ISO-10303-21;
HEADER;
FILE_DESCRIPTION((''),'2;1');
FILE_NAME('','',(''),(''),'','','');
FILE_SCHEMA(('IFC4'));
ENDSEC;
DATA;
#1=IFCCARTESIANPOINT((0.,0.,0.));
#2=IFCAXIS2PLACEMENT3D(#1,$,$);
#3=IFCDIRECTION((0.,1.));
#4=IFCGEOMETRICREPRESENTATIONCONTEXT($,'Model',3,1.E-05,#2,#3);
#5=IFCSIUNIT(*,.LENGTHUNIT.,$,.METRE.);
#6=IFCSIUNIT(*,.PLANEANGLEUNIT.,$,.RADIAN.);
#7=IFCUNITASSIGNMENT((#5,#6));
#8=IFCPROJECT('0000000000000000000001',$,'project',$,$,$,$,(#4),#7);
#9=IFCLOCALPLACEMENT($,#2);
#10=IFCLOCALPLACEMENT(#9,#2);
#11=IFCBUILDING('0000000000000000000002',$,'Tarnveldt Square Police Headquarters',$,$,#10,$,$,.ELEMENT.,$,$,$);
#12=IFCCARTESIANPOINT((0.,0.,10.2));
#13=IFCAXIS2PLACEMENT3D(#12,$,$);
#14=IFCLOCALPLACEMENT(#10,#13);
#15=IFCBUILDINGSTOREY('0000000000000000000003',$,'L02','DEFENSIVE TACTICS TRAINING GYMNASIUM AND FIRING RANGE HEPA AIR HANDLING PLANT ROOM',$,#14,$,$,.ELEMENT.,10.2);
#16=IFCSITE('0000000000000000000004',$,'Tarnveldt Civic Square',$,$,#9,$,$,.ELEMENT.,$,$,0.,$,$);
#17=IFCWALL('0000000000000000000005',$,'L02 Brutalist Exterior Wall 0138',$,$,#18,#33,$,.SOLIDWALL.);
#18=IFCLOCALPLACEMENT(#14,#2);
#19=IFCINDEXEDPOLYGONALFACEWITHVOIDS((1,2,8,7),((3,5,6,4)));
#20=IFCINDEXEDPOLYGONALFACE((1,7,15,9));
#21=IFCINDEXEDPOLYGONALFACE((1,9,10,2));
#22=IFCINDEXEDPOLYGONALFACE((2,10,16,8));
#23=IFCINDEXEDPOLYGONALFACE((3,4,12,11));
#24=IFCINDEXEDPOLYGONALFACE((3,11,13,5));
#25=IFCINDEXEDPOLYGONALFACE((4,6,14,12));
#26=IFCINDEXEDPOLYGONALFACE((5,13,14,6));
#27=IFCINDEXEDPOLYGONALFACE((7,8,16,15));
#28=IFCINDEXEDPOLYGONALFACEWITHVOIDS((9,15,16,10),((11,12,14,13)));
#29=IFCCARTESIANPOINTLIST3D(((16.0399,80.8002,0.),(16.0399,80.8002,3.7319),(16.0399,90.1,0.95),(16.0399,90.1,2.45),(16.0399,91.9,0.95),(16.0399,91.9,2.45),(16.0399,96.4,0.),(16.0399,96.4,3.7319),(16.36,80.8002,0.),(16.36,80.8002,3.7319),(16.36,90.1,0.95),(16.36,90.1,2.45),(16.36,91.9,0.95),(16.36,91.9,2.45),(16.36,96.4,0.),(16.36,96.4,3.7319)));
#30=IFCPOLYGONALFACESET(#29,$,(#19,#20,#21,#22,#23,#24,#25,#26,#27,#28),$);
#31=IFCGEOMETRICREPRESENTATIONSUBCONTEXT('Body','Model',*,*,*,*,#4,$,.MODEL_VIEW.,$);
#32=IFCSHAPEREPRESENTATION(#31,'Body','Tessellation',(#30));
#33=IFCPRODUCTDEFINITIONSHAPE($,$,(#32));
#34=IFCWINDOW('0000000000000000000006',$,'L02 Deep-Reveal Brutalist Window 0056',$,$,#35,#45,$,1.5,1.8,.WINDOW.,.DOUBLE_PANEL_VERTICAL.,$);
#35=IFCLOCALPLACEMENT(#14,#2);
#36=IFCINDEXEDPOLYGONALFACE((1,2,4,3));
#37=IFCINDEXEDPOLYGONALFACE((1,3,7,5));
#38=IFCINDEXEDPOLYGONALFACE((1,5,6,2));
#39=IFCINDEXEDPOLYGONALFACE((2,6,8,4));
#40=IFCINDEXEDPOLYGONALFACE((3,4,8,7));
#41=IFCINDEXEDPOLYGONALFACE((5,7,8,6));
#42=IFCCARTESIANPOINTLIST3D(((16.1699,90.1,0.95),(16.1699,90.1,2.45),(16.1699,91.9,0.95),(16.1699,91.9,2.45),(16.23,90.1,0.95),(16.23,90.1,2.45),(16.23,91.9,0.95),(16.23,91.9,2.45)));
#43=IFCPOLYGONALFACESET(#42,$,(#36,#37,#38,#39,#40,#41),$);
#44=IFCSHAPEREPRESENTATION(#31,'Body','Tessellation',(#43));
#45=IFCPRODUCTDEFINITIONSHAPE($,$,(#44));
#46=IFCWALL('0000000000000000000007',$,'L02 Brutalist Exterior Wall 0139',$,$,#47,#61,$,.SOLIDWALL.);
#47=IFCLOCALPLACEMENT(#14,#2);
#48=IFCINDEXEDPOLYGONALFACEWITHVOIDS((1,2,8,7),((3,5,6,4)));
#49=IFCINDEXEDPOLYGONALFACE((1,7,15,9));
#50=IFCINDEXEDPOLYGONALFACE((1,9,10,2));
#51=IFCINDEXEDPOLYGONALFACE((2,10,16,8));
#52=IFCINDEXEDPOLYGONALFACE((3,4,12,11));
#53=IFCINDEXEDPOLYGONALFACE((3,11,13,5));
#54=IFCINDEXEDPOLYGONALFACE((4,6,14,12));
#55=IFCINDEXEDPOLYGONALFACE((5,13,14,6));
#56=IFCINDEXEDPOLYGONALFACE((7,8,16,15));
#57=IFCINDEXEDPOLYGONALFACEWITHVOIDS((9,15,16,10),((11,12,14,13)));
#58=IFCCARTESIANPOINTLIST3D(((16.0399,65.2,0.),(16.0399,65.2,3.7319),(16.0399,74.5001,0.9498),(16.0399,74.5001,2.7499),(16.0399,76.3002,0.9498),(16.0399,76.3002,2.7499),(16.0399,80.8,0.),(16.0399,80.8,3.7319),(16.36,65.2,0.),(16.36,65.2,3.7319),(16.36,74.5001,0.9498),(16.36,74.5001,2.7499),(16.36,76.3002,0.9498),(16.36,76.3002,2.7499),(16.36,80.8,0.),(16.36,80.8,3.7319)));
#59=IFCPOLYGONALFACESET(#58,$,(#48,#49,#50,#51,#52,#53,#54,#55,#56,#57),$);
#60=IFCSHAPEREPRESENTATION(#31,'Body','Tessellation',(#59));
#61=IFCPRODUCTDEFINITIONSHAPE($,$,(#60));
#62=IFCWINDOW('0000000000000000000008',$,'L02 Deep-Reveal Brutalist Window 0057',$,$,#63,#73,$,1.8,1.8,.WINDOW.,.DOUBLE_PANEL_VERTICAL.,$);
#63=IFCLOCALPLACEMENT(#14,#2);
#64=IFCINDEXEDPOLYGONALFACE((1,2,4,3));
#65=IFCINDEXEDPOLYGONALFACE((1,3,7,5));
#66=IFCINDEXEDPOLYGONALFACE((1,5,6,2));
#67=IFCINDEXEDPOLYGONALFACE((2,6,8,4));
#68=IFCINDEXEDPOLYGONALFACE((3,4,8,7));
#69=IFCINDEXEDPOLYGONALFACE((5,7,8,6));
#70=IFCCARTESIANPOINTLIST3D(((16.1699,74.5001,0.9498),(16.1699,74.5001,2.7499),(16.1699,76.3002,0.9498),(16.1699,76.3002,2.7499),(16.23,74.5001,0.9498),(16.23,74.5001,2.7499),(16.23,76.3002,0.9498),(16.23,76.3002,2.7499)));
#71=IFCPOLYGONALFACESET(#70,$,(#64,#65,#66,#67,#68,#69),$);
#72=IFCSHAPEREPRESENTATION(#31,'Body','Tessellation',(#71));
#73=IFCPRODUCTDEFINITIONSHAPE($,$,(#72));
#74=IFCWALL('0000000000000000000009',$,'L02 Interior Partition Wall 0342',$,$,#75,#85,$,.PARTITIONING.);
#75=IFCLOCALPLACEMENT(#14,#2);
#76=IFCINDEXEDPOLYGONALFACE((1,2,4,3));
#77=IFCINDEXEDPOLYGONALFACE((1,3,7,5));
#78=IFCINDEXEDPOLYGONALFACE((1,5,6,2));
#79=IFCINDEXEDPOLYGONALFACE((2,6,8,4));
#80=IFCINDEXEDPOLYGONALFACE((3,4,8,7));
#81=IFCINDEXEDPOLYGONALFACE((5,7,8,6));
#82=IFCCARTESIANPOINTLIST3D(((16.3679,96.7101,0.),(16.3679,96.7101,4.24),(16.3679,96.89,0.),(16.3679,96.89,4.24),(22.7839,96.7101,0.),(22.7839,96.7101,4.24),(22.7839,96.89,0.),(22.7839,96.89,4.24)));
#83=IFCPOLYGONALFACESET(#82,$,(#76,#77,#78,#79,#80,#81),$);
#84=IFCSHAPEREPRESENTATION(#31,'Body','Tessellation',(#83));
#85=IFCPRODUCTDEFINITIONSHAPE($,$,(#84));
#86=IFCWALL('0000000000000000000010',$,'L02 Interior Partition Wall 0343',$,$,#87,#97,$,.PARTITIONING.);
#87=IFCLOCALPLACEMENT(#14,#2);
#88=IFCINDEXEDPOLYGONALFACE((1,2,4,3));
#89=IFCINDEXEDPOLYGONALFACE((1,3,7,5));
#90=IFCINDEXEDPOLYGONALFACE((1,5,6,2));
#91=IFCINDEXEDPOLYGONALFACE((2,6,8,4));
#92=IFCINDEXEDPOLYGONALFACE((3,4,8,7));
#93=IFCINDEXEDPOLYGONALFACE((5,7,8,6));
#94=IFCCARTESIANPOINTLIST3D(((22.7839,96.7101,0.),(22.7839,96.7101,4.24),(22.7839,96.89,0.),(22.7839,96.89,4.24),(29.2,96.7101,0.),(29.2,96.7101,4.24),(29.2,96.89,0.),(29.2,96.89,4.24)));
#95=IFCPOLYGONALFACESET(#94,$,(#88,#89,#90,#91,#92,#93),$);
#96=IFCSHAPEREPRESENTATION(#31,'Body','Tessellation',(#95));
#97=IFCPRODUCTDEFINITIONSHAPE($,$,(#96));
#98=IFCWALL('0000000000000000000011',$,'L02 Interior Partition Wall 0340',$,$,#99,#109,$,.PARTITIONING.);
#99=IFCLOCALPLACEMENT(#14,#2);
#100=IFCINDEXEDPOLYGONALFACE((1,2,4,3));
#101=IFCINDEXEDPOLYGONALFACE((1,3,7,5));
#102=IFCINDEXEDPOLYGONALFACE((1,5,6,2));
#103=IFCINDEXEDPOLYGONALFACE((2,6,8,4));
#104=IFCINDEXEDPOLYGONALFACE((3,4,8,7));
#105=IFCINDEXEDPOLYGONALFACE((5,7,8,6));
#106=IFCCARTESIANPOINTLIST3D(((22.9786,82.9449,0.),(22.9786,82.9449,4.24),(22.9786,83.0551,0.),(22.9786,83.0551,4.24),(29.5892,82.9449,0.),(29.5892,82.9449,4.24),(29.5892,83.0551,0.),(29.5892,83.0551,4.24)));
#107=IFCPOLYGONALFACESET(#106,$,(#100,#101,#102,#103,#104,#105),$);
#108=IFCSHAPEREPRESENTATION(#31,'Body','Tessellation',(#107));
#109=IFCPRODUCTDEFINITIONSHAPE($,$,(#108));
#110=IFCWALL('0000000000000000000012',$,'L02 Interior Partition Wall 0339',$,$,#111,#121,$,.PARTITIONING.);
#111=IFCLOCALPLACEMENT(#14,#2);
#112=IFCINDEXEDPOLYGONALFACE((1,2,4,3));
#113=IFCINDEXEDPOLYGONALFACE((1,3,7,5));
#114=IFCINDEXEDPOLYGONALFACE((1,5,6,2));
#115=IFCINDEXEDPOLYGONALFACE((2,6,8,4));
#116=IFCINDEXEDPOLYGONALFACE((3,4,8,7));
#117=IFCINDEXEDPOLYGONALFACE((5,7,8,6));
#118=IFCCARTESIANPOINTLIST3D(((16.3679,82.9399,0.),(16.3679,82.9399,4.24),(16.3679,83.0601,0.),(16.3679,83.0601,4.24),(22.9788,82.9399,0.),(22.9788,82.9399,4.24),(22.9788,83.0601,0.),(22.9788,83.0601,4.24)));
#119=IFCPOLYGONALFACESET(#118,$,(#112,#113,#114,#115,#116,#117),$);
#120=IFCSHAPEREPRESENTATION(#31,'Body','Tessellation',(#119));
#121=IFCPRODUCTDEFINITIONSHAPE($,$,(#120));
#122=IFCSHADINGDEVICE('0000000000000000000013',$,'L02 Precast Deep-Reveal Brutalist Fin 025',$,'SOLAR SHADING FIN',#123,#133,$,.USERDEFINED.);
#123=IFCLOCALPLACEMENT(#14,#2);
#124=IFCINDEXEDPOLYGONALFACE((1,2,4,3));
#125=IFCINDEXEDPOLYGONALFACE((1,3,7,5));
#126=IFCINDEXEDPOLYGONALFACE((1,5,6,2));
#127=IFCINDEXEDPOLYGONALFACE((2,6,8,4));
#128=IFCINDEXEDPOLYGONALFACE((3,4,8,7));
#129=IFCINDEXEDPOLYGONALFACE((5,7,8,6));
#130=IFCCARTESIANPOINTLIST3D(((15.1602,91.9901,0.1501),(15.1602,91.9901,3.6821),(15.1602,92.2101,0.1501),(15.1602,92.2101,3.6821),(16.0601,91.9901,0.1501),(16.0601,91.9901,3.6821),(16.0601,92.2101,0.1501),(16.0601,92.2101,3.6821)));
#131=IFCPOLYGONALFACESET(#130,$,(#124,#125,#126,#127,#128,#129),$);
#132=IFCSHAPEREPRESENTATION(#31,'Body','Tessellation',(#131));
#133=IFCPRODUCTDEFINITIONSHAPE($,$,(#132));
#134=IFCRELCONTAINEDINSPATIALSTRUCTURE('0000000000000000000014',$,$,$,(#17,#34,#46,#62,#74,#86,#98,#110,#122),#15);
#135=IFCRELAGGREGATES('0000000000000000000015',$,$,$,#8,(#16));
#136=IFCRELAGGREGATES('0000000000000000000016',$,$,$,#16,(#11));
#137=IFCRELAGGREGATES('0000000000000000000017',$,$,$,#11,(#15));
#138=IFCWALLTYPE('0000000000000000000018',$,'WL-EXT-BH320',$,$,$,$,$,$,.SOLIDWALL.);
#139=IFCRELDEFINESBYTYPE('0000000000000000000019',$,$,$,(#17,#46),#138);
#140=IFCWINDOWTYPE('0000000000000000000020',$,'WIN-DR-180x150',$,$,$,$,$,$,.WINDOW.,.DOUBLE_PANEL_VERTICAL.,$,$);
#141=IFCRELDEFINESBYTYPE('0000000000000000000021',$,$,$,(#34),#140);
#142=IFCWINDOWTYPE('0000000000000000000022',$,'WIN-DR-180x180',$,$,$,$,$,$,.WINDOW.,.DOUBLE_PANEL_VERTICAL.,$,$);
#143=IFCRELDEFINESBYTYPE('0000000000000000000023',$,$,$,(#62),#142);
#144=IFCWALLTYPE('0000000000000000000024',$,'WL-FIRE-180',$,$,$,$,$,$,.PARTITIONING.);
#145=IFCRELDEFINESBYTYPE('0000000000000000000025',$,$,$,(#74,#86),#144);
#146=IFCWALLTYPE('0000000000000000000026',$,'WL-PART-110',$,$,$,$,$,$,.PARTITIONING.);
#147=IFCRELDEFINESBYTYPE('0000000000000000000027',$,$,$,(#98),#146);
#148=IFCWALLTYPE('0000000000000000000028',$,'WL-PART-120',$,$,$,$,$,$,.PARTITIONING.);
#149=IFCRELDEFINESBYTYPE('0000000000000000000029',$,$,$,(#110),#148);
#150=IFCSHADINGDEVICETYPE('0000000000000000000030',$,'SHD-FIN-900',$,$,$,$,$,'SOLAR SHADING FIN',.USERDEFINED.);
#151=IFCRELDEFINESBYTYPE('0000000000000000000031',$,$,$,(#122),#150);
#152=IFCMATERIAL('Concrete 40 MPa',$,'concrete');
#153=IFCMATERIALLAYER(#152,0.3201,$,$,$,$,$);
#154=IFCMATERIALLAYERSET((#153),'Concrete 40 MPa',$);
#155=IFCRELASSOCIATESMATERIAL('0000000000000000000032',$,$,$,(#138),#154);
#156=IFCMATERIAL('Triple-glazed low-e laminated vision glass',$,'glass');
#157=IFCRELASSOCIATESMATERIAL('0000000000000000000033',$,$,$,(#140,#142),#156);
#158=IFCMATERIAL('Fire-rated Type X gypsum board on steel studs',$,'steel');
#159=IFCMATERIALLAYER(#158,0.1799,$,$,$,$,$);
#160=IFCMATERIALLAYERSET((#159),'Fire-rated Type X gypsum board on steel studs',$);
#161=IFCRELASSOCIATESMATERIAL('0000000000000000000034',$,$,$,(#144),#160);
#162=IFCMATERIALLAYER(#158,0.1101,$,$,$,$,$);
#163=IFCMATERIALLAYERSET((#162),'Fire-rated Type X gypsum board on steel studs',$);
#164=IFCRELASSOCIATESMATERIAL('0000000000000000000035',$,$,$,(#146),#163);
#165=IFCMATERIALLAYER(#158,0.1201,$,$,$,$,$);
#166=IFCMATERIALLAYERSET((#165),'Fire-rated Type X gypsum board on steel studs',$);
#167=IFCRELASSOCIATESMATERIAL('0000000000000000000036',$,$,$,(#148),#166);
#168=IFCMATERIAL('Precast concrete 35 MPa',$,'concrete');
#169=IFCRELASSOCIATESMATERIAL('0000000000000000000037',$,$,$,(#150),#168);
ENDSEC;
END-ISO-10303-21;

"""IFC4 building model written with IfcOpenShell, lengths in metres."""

from ifc_helpers import new_model, si_unit, direction, frame, frame_2d, origin, origin_2d, place, context, subcontext, project, spatial, rectangle, extrude, material, layer, layer_set, material_profile, profile_set, type_object, element, fill, save


model = new_model("IFC4")

# Units and contexts
model_context = context("Model", 3, precision=1e-05, world=origin(), true_north=direction((0.0, 1.0)))
body_context = subcontext(model_context, "Body", "Model", "MODEL_VIEW")
ifc_project = project(units=[si_unit("LENGTHUNIT", "METRE"), si_unit("PLANEANGLEUNIT", "RADIAN")], contexts=[model_context])

# Site, building, storey
site_placement = place(None, origin())
site = spatial("IfcSite", under=ifc_project, at=site_placement, Name="Tarnveldt Civic Square", CompositionType="ELEMENT", RefElevation=0.0)
building_placement = place(site_placement, origin())
building = spatial("IfcBuilding", under=site, at=building_placement, Name="Tarnveldt Square Police Headquarters", CompositionType="ELEMENT")
storey_placement = place(building_placement, frame((0.0, 0.0, 10.2)))
storey = spatial("IfcBuildingStorey", under=building, at=storey_placement, Name="L02", Description="DEFENSIVE TACTICS TRAINING GYMNASIUM AND FIRING RANGE HEPA AIR HANDLING PLANT ROOM", CompositionType="ELEMENT", Elevation=10.2)

# Shared definitions
ifc_material_1 = material(Name="Concrete 40 MPa", Category="concrete")

# Walls, openings, windows
ifc_layer_1 = layer(ifc_material_1, 0.3201)
ifc_layer_set_1 = layer_set([ifc_layer_1], Name="Concrete 40 MPa")
wall_type_1 = type_object("IfcWallType", Name="WL-EXT-BH320", PredefinedType="SOLIDWALL", material=ifc_layer_set_1)
wall_1_placement = place(storey_placement, frame((16.2, 96.3999, 0.0), z_axis=(0.0, 0.0, 1.0), x_axis=(0.0, -1.0, 0.0)))
wall_1 = element("IfcWall", 1, at=wall_1_placement, inside=storey, type_object=wall_type_1, Name="L02 Brutalist Exterior Wall 0138", PredefinedType="SOLIDWALL", context=body_context, shape_type="SweptSolid", body=[
    extrude(rectangle(XDim=15.5999, YDim=0.3201, at=frame_2d((7.7998, 0.0))), origin(), (0.0, 0.0, 1.0), 3.7319),
])
opening_1_placement = place(wall_1_placement, frame((4.5, 0.0, 0.95)))
opening_1 = element("IfcOpeningElement", 2, at=opening_1_placement, cuts=wall_1, PredefinedType="OPENING", context=body_context, shape_type="SweptSolid", body=[
    extrude(rectangle(XDim=1.8, YDim=1.5, at=frame_2d((0.8999, 0.75))), frame((0.0, 0.1699, 0.0), z_axis=(0.0, -1.0, 0.0), x_axis=(1.0, 0.0, 0.0)), (0.0, 0.0, 1.0), 0.3401),
])
ifc_material_2 = material(Name="Triple-glazed low-e laminated vision glass", Category="glass")
window_type_1 = type_object("IfcWindowType", Name="WIN-DR-180x150", PartitioningType="DOUBLE_PANEL_VERTICAL", PredefinedType="WINDOW", material=ifc_material_2)
window_1_placement = place(opening_1_placement, origin())
window_1 = element("IfcWindow", 3, at=window_1_placement, inside=storey, type_object=window_type_1, Name="L02 Deep-Reveal Brutalist Window 0056", OverallHeight=1.5, OverallWidth=1.8, PartitioningType="DOUBLE_PANEL_VERTICAL", PredefinedType="WINDOW", context=body_context, shape_type="SweptSolid", body=[
    extrude(rectangle(XDim=1.8, YDim=1.5, at=frame_2d((0.8999, 0.75))), frame((0.0, 0.03, 0.0), z_axis=(0.0, -1.0, 0.0), x_axis=(1.0, 0.0, 0.0)), (0.0, 0.0, 1.0), 0.0601),
])
fill(opening_1, window_1)
wall_2_placement = place(storey_placement, frame((16.2, 80.8, 0.0), z_axis=(0.0, 0.0, 1.0), x_axis=(0.0, -1.0, 0.0)))
wall_2 = element("IfcWall", 4, at=wall_2_placement, inside=storey, type_object=wall_type_1, Name="L02 Brutalist Exterior Wall 0139", PredefinedType="SOLIDWALL", context=body_context, shape_type="SweptSolid", body=[
    extrude(rectangle(XDim=15.6001, YDim=0.3201, at=frame_2d((7.8, 0.0))), origin(), (0.0, 0.0, 1.0), 3.7319),
])
opening_2_placement = place(wall_2_placement, frame((4.5, 0.0, 0.95)))
opening_2 = element("IfcOpeningElement", 5, at=opening_2_placement, cuts=wall_2, PredefinedType="OPENING", context=body_context, shape_type="SweptSolid", body=[
    extrude(rectangle(XDim=1.8, YDim=1.8, at=frame_2d((0.8999, 0.8999))), frame((0.0, 0.1699, 0.0), z_axis=(0.0, -1.0, 0.0), x_axis=(1.0, 0.0, 0.0)), (0.0, 0.0, 1.0), 0.3401),
])
window_type_2 = type_object("IfcWindowType", Name="WIN-DR-180x180", PartitioningType="DOUBLE_PANEL_VERTICAL", PredefinedType="WINDOW", material=ifc_material_2)
window_2_placement = place(opening_2_placement, origin())
window_2 = element("IfcWindow", 6, at=window_2_placement, inside=storey, type_object=window_type_2, Name="L02 Deep-Reveal Brutalist Window 0057", OverallHeight=1.8, OverallWidth=1.8, PartitioningType="DOUBLE_PANEL_VERTICAL", PredefinedType="WINDOW", context=body_context, shape_type="SweptSolid", body=[
    extrude(rectangle(XDim=1.8, YDim=1.8, at=frame_2d((0.8999, 0.8999))), frame((0.0, 0.03, 0.0), z_axis=(0.0, -1.0, 0.0), x_axis=(1.0, 0.0, 0.0)), (0.0, 0.0, 1.0), 0.0601),
])
fill(opening_2, window_2)

# Walls
ifc_material_3 = material(Name="Fire-rated Type X gypsum board on steel studs", Category="steel")
ifc_layer_2 = layer(ifc_material_3, 0.1799)
ifc_layer_set_2 = layer_set([ifc_layer_2], Name="Fire-rated Type X gypsum board on steel studs")
wall_type_2 = type_object("IfcWallType", Name="WL-FIRE-180", PredefinedType="PARTITIONING", material=ifc_layer_set_2)
for number, where, z_axis, x_axis, name in (
    (7, (16.3679, 96.8, 0.0), (0.0, 0.0, 1.0), (1.0, 0.0, 0.0), "L02 Interior Partition Wall 0342"),
    (8, (22.7839, 96.8, 0.0), (0.0, 0.0, 1.0), (1.0, 0.0, 0.0), "L02 Interior Partition Wall 0343"),
):
    element("IfcWall", number, at=place(storey_placement, frame(where, z_axis=z_axis, x_axis=x_axis)), inside=storey, type_object=wall_type_2, Name=name, PredefinedType="PARTITIONING", context=body_context, shape_type="SweptSolid", body=[
        extrude(rectangle(XDim=6.416, YDim=0.1799, at=frame_2d((3.208, 0.0))), origin(), (0.0, 0.0, 1.0), 4.24),
    ])
ifc_layer_3 = layer(ifc_material_3, 0.1101)
ifc_layer_set_3 = layer_set([ifc_layer_3], Name="Fire-rated Type X gypsum board on steel studs")
wall_type_3 = type_object("IfcWallType", Name="WL-PART-110", PredefinedType="PARTITIONING", material=ifc_layer_set_3)
wall_3_placement = place(storey_placement, frame((22.9788, 83.0, 0.0), z_axis=(0.0, 0.0, 1.0), x_axis=(1.0, 0.0, 0.0)))
element("IfcWall", 9, at=wall_3_placement, inside=storey, type_object=wall_type_3, Name="L02 Interior Partition Wall 0340", PredefinedType="PARTITIONING", context=body_context, shape_type="SweptSolid", body=[
    extrude(rectangle(XDim=6.6106, YDim=0.1101, at=frame_2d((3.3052, 0.0))), origin(), (0.0, 0.0, 1.0), 4.24),
])
ifc_layer_4 = layer(ifc_material_3, 0.1201)
ifc_layer_set_4 = layer_set([ifc_layer_4], Name="Fire-rated Type X gypsum board on steel studs")
wall_type_4 = type_object("IfcWallType", Name="WL-PART-120", PredefinedType="PARTITIONING", material=ifc_layer_set_4)
wall_4_placement = place(storey_placement, frame((16.3679, 83.0, 0.0), z_axis=(0.0, 0.0, 1.0), x_axis=(1.0, 0.0, 0.0)))
element("IfcWall", 10, at=wall_4_placement, inside=storey, type_object=wall_type_4, Name="L02 Interior Partition Wall 0339", PredefinedType="PARTITIONING", context=body_context, shape_type="SweptSolid", body=[
    extrude(rectangle(XDim=6.6108, YDim=0.1201, at=frame_2d((3.3054, 0.0))), origin(), (0.0, 0.0, 1.0), 4.24),
])

# Shading device
ifc_material_4 = material(Name="Precast concrete 35 MPa", Category="concrete")
ifc_material_profile_1 = material_profile(ifc_material_4, rectangle(XDim=0.22, YDim=0.8999, at=origin_2d()), Name="PC-FIN220x900")
ifc_profile_set_1 = profile_set([ifc_material_profile_1], Name="Precast concrete 35 MPa")
shading_device_type = type_object("IfcShadingDeviceType", Name="SHD-FIN-900", ElementType="SOLAR SHADING FIN", PredefinedType="USERDEFINED", material=ifc_profile_set_1)
shading_device_placement = place(storey_placement, frame((15.6101, 92.1001, 0.1501), z_axis=(0.0, 0.0, 1.0), x_axis=(0.0, -1.0, 0.0)))
element("IfcShadingDevice", 11, at=shading_device_placement, inside=storey, type_object=shading_device_type, Name="L02 Precast Deep-Reveal Brutalist Fin 025", ObjectType="SOLAR SHADING FIN", PredefinedType="USERDEFINED", context=body_context, shape_type="SweptSolid", body=[
    extrude(rectangle(XDim=0.22, YDim=0.8999, at=origin_2d()), origin(), (0.0, 0.0, 1.0), 3.532),
])

save(model, "model.ifc")
